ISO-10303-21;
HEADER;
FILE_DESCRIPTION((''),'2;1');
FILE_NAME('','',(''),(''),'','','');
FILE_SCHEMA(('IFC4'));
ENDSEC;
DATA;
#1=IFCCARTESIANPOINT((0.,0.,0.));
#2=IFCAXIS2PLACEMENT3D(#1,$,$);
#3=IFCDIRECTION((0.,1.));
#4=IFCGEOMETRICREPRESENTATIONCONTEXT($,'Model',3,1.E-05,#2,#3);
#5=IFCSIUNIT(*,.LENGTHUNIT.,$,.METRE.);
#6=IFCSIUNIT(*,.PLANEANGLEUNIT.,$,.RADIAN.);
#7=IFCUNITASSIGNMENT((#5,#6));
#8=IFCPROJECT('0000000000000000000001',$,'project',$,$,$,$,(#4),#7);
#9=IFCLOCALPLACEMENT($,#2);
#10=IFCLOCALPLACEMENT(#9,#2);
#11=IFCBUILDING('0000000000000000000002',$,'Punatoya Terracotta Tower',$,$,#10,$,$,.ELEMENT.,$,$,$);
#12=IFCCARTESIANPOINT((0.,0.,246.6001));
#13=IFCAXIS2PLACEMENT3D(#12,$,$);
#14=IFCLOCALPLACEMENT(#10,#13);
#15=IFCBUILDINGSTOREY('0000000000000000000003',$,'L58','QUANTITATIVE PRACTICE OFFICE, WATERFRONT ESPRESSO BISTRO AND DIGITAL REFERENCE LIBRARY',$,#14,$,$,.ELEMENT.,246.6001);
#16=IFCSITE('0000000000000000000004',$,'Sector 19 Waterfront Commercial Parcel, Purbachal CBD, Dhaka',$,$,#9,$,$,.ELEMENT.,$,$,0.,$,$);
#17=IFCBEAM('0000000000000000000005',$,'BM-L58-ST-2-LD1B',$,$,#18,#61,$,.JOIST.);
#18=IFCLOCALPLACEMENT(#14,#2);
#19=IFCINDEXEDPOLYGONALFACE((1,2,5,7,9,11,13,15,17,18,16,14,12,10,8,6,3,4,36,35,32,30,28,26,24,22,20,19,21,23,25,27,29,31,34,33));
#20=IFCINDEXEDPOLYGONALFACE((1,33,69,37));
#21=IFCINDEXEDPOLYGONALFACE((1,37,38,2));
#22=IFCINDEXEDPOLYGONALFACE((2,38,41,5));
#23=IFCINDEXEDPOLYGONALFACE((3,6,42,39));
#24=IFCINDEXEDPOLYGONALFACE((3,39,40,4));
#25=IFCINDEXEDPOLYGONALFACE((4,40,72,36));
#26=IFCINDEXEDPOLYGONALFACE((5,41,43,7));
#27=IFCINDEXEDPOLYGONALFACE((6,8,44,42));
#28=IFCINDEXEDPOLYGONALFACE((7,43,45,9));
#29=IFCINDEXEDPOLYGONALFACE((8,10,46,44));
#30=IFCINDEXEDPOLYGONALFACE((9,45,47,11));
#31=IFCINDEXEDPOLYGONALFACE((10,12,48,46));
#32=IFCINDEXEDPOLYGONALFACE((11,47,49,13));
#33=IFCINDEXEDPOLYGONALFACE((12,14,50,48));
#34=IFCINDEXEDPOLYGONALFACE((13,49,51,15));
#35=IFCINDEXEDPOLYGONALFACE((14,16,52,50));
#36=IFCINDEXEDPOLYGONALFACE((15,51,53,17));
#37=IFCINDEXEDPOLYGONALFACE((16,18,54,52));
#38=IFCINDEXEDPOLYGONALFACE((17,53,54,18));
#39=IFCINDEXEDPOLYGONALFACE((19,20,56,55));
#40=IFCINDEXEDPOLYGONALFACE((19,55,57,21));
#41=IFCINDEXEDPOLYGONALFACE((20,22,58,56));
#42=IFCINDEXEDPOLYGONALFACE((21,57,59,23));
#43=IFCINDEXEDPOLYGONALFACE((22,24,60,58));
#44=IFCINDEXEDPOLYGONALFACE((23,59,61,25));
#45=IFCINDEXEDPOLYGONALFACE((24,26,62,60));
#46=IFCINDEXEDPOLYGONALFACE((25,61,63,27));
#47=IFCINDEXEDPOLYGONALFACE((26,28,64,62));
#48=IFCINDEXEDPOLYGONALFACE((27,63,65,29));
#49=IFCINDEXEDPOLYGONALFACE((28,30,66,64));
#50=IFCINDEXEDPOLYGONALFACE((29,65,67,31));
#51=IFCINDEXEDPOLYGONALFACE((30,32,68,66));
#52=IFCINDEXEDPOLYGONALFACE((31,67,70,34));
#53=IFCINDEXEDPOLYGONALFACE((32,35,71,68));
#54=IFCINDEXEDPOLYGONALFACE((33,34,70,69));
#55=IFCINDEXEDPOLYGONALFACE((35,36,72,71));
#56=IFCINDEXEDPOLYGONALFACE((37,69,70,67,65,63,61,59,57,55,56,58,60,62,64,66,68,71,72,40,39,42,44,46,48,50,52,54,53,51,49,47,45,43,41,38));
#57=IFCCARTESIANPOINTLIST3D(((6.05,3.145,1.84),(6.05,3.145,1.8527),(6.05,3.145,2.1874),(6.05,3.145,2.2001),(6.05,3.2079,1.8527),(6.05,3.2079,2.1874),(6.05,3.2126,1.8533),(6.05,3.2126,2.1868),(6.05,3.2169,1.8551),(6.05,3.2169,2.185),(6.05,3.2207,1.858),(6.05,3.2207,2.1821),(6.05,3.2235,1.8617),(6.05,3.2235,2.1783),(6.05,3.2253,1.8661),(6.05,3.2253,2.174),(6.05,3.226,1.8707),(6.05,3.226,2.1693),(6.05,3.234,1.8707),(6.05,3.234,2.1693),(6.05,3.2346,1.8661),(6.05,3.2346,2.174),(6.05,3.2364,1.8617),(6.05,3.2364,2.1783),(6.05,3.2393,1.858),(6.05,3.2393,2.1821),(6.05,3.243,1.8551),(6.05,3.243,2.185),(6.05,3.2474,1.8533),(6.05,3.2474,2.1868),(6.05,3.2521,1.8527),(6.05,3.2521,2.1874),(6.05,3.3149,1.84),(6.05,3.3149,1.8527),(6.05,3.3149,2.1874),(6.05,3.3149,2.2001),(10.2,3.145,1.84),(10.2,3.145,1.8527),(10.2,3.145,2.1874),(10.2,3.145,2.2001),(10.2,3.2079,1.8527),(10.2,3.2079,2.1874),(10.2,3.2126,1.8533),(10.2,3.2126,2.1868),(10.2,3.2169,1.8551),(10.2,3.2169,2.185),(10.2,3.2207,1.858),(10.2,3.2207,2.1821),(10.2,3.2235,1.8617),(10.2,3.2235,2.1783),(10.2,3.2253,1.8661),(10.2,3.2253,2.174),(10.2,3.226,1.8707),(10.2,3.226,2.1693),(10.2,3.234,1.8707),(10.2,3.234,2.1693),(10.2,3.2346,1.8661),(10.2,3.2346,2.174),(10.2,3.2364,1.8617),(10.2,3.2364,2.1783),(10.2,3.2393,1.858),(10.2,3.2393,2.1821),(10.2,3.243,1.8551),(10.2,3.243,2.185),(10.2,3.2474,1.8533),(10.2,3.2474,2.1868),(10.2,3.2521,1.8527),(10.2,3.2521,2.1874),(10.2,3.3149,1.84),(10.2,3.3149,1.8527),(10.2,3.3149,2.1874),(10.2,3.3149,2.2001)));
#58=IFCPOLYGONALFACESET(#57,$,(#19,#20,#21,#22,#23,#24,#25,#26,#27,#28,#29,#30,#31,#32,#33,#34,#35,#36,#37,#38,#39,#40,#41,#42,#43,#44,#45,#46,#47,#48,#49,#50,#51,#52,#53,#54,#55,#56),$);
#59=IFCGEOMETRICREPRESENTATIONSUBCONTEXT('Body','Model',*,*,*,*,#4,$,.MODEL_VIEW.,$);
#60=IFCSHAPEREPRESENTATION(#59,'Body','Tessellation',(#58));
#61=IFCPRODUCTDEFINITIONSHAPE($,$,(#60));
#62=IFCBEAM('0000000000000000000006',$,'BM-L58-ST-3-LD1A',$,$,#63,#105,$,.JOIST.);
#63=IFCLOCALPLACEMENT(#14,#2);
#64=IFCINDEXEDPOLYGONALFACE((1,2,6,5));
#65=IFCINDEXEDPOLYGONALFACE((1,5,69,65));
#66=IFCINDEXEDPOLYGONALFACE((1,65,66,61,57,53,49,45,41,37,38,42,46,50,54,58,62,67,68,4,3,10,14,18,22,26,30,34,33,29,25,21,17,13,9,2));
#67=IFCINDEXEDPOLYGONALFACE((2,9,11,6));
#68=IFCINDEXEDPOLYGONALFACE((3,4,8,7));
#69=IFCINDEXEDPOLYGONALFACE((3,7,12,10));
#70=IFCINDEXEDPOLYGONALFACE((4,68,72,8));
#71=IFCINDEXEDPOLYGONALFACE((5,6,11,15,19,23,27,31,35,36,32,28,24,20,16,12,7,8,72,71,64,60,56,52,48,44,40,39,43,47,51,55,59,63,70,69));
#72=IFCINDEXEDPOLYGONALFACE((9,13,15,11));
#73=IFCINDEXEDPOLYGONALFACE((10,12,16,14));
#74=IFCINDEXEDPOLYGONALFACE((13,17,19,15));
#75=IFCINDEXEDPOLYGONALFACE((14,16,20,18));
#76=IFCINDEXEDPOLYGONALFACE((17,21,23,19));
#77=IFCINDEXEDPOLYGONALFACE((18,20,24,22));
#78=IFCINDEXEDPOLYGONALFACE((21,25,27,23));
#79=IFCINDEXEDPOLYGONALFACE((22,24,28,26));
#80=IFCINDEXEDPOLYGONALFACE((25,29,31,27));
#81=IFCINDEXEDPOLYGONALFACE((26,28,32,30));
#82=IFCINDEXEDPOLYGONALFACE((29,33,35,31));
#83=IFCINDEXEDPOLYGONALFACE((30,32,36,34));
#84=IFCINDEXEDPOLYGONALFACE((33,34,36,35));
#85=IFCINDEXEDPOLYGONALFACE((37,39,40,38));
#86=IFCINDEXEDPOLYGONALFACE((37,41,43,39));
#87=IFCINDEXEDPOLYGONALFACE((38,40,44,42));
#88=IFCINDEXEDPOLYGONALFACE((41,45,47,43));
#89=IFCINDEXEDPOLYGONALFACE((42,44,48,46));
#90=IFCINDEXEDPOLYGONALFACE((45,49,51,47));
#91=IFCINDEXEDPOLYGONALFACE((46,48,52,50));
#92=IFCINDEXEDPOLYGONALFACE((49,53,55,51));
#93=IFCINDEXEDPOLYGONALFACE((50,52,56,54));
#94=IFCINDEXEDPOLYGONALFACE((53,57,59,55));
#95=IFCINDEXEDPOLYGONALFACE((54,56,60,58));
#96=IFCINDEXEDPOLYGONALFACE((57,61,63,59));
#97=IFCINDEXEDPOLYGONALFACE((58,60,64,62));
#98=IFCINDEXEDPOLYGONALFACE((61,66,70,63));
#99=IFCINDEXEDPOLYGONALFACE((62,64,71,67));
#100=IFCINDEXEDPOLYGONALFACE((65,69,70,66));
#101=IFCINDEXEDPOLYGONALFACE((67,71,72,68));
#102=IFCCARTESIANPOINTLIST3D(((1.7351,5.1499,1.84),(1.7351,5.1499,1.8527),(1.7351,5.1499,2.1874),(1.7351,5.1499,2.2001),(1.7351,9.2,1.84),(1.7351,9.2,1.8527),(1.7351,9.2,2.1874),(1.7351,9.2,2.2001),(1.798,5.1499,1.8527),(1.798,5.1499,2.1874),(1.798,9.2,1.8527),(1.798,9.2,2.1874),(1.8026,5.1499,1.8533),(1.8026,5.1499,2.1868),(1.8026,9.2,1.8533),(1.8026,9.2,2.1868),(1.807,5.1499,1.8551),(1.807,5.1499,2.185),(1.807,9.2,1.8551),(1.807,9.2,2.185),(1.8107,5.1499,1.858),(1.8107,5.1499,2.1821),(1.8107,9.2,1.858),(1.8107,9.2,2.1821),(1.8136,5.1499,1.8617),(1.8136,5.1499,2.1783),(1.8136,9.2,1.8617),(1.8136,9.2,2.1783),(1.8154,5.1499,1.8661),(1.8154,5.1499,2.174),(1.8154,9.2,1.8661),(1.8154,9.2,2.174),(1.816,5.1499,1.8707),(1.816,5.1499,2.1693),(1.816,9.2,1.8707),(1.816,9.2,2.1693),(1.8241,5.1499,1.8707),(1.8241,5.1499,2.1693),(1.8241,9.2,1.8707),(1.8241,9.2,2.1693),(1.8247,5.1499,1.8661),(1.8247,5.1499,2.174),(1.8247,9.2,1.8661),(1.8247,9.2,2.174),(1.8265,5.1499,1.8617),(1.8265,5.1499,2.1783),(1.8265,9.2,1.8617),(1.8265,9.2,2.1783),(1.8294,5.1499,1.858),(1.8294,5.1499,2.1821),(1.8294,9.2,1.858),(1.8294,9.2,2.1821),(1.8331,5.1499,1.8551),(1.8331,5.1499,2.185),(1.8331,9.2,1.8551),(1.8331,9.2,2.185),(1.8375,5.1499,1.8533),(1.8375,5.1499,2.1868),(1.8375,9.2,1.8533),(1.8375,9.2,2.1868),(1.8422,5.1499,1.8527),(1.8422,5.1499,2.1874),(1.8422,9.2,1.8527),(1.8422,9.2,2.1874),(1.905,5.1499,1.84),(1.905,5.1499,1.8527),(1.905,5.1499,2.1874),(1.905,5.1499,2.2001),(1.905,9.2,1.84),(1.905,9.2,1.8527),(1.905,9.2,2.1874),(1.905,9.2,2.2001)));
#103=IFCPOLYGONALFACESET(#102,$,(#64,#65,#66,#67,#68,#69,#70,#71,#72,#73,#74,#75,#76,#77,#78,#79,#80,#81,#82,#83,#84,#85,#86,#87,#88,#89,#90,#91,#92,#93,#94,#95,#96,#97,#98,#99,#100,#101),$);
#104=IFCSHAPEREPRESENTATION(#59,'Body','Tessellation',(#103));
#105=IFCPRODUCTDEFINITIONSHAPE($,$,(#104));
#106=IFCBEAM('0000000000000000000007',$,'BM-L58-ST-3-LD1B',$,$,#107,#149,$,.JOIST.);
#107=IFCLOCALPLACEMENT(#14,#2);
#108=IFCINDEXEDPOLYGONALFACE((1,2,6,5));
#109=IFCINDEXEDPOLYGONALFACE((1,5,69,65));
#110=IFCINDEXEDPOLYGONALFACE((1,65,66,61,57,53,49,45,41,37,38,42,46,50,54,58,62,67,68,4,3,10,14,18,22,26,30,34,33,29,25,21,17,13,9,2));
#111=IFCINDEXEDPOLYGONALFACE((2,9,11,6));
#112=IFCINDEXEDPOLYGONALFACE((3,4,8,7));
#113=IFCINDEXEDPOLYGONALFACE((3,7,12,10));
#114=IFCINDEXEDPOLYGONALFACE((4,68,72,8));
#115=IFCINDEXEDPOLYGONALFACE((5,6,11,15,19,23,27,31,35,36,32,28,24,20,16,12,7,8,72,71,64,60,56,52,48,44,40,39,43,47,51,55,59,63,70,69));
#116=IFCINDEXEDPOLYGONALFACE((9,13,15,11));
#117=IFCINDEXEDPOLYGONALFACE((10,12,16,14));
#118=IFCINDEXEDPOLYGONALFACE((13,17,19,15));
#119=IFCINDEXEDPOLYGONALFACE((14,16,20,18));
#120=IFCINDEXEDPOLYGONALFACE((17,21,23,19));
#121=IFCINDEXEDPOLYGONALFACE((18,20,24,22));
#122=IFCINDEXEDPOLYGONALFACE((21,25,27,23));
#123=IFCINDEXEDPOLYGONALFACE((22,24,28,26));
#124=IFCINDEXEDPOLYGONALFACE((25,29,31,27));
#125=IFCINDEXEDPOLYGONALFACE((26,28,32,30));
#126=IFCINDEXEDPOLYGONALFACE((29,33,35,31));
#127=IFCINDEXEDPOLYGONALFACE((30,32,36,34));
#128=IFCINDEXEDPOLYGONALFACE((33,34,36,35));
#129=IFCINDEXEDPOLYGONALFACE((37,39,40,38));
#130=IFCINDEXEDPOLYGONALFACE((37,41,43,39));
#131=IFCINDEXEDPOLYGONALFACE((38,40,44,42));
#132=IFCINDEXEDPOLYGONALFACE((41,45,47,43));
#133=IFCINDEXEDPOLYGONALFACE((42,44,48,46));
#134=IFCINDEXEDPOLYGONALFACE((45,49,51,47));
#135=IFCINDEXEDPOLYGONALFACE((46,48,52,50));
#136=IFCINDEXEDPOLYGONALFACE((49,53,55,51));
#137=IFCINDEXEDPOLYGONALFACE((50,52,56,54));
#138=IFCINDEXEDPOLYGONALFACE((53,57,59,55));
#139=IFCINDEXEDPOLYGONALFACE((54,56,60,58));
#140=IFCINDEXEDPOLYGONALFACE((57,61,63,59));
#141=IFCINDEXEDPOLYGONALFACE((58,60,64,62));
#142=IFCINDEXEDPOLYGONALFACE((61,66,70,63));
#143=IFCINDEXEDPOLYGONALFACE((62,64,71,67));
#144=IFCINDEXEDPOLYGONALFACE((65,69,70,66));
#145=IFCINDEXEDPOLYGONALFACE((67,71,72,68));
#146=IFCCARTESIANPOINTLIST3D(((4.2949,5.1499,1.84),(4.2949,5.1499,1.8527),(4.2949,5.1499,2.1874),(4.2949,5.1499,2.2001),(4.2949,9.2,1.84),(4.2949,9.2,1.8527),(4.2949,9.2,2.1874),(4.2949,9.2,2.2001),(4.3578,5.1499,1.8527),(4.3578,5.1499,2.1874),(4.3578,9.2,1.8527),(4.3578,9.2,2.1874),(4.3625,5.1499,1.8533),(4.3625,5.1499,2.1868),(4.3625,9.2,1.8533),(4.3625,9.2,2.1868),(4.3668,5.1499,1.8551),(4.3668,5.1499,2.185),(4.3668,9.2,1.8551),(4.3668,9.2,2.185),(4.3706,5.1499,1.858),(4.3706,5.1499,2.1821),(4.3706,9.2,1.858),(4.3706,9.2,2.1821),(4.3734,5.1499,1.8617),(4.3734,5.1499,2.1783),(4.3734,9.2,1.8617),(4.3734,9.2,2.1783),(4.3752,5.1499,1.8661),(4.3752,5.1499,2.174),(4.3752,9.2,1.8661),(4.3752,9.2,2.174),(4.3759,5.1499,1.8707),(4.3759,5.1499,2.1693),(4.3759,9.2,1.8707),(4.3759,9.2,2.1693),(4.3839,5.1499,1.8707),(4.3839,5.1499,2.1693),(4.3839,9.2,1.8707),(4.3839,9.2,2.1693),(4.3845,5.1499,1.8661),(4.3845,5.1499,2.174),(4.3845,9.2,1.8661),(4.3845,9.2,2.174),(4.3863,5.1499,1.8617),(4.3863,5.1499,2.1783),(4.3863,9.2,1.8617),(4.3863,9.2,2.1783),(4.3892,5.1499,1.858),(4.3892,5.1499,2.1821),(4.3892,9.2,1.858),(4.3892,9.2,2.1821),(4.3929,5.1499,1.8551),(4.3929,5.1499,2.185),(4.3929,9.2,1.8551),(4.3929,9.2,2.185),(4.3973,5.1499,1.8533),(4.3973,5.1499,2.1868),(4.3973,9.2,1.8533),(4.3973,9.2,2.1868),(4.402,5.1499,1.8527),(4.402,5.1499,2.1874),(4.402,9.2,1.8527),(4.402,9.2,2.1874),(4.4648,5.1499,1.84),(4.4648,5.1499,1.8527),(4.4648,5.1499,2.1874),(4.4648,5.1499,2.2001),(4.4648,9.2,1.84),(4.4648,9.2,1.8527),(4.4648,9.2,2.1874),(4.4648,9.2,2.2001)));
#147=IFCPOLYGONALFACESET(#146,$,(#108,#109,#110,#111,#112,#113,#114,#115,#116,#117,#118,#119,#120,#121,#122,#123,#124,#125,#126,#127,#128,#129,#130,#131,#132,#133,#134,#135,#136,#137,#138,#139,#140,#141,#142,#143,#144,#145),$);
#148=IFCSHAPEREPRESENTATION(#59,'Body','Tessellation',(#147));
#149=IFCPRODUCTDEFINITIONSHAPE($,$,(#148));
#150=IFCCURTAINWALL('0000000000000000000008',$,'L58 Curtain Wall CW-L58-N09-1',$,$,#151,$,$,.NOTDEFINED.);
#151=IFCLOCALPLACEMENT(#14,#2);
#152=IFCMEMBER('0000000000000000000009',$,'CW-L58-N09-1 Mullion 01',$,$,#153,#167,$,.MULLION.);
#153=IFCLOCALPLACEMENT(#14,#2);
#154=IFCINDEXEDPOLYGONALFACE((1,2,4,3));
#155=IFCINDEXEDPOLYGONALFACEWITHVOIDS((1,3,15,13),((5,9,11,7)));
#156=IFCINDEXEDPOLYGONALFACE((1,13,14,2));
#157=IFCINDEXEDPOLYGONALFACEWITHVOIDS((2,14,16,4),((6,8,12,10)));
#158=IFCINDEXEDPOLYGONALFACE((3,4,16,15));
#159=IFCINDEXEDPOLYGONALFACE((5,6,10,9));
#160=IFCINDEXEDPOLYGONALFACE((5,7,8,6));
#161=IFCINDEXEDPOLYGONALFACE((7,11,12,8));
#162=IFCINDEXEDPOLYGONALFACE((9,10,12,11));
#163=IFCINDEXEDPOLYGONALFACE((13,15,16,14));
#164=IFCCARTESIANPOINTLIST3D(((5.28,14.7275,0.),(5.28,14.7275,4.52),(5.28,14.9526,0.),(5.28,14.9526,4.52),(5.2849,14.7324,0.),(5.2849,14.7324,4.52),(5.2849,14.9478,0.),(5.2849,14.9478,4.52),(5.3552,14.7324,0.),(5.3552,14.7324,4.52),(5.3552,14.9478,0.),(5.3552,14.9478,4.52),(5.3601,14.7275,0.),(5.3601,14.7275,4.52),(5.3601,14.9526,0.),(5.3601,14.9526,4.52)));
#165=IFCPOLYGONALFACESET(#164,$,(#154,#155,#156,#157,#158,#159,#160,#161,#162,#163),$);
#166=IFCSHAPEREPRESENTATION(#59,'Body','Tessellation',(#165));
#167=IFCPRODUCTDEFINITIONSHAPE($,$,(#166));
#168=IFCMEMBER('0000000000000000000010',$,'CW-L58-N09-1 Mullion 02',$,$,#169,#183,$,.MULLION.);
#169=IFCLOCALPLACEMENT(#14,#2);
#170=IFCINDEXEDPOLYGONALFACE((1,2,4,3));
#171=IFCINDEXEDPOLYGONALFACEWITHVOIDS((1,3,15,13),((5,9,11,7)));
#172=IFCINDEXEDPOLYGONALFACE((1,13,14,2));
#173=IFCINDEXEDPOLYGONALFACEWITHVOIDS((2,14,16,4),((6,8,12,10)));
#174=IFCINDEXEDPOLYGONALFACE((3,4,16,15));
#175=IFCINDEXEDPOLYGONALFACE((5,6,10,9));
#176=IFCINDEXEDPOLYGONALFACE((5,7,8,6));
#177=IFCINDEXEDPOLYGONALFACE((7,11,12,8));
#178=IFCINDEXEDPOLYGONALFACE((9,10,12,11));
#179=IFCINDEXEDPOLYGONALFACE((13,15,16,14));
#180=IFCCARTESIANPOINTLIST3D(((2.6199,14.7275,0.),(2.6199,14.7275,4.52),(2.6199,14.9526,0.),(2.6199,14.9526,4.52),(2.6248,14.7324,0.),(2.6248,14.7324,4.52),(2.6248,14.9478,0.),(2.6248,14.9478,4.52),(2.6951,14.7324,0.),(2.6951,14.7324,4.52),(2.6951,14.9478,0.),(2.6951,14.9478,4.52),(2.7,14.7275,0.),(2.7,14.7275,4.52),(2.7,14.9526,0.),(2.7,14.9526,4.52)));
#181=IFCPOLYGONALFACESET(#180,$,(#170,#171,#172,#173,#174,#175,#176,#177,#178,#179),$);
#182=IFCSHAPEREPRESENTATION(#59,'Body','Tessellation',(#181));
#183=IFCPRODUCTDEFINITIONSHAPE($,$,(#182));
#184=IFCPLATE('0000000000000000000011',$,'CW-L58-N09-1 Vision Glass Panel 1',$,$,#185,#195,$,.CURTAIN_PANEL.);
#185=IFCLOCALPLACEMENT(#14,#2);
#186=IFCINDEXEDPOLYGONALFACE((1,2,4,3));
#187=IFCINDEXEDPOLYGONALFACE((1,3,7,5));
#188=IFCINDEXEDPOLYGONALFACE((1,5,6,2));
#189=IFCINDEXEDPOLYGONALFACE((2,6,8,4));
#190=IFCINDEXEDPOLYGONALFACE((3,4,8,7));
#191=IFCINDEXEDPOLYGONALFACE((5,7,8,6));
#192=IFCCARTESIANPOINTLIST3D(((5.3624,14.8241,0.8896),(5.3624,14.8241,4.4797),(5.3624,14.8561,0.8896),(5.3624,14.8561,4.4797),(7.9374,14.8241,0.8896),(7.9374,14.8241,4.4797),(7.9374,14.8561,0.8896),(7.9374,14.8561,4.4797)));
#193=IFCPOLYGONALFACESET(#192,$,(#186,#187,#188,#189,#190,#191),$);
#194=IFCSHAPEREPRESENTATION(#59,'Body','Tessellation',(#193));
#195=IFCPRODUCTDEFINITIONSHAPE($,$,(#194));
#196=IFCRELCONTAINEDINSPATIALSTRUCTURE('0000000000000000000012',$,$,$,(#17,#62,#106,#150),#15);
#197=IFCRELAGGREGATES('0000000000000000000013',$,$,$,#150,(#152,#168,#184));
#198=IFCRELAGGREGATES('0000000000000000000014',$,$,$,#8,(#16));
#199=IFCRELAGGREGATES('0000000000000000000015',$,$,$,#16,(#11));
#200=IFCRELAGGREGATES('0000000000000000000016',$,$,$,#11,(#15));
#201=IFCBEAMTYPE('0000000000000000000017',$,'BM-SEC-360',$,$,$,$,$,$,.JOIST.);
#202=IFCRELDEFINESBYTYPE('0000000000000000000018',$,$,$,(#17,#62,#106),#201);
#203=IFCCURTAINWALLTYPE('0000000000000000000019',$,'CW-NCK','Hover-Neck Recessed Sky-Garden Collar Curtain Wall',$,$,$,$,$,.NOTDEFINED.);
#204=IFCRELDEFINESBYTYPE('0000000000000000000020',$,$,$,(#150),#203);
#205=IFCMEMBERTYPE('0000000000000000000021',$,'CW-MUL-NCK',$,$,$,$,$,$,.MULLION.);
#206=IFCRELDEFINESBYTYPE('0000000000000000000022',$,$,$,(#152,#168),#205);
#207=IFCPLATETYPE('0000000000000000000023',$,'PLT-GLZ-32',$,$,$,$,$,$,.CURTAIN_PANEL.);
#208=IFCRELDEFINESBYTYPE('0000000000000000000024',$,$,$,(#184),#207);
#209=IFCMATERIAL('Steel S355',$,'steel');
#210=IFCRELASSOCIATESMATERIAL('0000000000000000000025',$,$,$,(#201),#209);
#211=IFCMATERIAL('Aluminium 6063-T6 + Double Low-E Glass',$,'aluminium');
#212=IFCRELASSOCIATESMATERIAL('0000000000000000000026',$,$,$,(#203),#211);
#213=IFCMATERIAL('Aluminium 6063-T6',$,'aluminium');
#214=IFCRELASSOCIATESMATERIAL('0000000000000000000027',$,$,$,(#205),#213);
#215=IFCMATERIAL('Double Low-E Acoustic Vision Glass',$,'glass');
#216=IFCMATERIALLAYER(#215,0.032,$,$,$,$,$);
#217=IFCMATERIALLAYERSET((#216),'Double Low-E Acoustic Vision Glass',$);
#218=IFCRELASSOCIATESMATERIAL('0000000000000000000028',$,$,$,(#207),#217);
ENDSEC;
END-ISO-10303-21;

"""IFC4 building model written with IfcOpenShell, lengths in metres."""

from ifc_helpers import new_model, si_unit, direction, frame, origin, origin_2d, place, context, subcontext, project, spatial, rectangle, hollow_rectangle, i_section, extrude, material, layer, layer_set, material_profile, profile_set, type_object, element, aggregate, save


model = new_model("IFC4")

# Units and contexts
model_context = context("Model", 3, precision=1e-05, world=origin(), true_north=direction((0.0, 1.0)))
body_context = subcontext(model_context, "Body", "Model", "MODEL_VIEW")
ifc_project = project(units=[si_unit("LENGTHUNIT", "METRE"), si_unit("PLANEANGLEUNIT", "RADIAN")], contexts=[model_context])

# Site, building, storey
site_placement = place(None, origin())
site = spatial("IfcSite", under=ifc_project, at=site_placement, Name="Sector 19 Waterfront Commercial Parcel, Purbachal CBD, Dhaka", CompositionType="ELEMENT", RefElevation=0.0)
building_placement = place(site_placement, origin())
building = spatial("IfcBuilding", under=site, at=building_placement, Name="Punatoya Terracotta Tower", CompositionType="ELEMENT")
storey_placement = place(building_placement, frame((0.0, 0.0, 246.6001)))
storey = spatial("IfcBuildingStorey", under=building, at=storey_placement, Name="L58", Description="QUANTITATIVE PRACTICE OFFICE, WATERFRONT ESPRESSO BISTRO AND DIGITAL REFERENCE LIBRARY", CompositionType="ELEMENT", Elevation=246.6001)

# Beams
ifc_material_1 = material(Name="Steel S355", Category="steel")
ifc_material_profile_1 = material_profile(ifc_material_1, i_section(OverallWidth=0.1699, OverallDepth=0.3601, WebThickness=0.0081, FlangeThickness=0.0127, FilletRadius=0.0181, at=origin_2d()))
ifc_profile_set_1 = profile_set([ifc_material_profile_1], Name="Steel S355")
beam_type_1 = type_object("IfcBeamType", Name="BM-SEC-360", PredefinedType="JOIST", material=ifc_profile_set_1)
for number, where, z_axis, x_axis, name in (
    (1, (6.05, 3.23, 2.02), (1.0, 0.0, 0.0), (0.0, 1.0, 0.0), "BM-L58-ST-2-LD1B"),
):
    element("IfcBeam", number, at=place(storey_placement, frame(where, z_axis=z_axis, x_axis=x_axis)), inside=storey, type_object=beam_type_1, Name=name, PredefinedType="JOIST", context=body_context, shape_type="SweptSolid", body=[
        extrude(i_section(OverallWidth=0.1699, OverallDepth=0.3601, WebThickness=0.0081, FlangeThickness=0.0127, FilletRadius=0.0181, at=origin_2d()), origin(), (0.0, 0.0, 1.0), 4.1499),
    ])
for number, where, z_axis, x_axis, name in (
    (2, (1.8201, 5.1499, 2.02), (0.0, 1.0, 0.0), (-1.0, 0.0, 0.0), "BM-L58-ST-3-LD1A"),
    (3, (4.3799, 5.1499, 2.02), (0.0, 1.0, 0.0), (-1.0, 0.0, 0.0), "BM-L58-ST-3-LD1B"),
):
    element("IfcBeam", number, at=place(storey_placement, frame(where, z_axis=z_axis, x_axis=x_axis)), inside=storey, type_object=beam_type_1, Name=name, PredefinedType="JOIST", context=body_context, shape_type="SweptSolid", body=[
        extrude(i_section(OverallWidth=0.1699, OverallDepth=0.3601, WebThickness=0.0081, FlangeThickness=0.0127, FilletRadius=0.0181, at=origin_2d()), origin(), (0.0, 0.0, 1.0), 4.05),
    ])

# Curtain wall, members, plate
ifc_material_2 = material(Name="Aluminium 6063-T6 + Double Low-E Glass", Category="aluminium")
curtain_wall_type = type_object("IfcCurtainWallType", Name="CW-NCK", Description="Hover-Neck Recessed Sky-Garden Collar Curtain Wall", PredefinedType="NOTDEFINED", material=ifc_material_2)
curtain_wall_placement = place(storey_placement, origin())
curtain_wall = element("IfcCurtainWall", 4, at=curtain_wall_placement, inside=storey, type_object=curtain_wall_type, Name="L58 Curtain Wall CW-L58-N09-1", PredefinedType="NOTDEFINED")
ifc_material_3 = material(Name="Aluminium 6063-T6", Category="aluminium")
ifc_material_profile_2 = material_profile(ifc_material_3, hollow_rectangle(XDim=0.0801, YDim=0.2251, WallThickness=0.0049, at=origin_2d()))
ifc_profile_set_2 = profile_set([ifc_material_profile_2], Name="Aluminium 6063-T6")
member_type = type_object("IfcMemberType", Name="CW-MUL-NCK", PredefinedType="MULLION", material=ifc_profile_set_2)
member_1_placement = place(storey_placement, frame((5.3201, 14.8401, 0.0), z_axis=(0.0, 0.0, 1.0), x_axis=(1.0, 0.0, 0.0)))
member_1 = element("IfcMember", 5, at=member_1_placement, type_object=member_type, Name="CW-L58-N09-1 Mullion 01", PredefinedType="MULLION", context=body_context, shape_type="SweptSolid", body=[
    extrude(hollow_rectangle(XDim=0.0801, YDim=0.2251, WallThickness=0.0049, at=origin_2d()), origin(), (0.0, 0.0, 1.0), 4.52),
])
member_2_placement = place(storey_placement, frame((2.6599, 14.8401, 0.0), z_axis=(0.0, 0.0, 1.0), x_axis=(1.0, 0.0, 0.0)))
member_2 = element("IfcMember", 6, at=member_2_placement, type_object=member_type, Name="CW-L58-N09-1 Mullion 02", PredefinedType="MULLION", context=body_context, shape_type="SweptSolid", body=[
    extrude(hollow_rectangle(XDim=0.0801, YDim=0.2251, WallThickness=0.0049, at=origin_2d()), origin(), (0.0, 0.0, 1.0), 4.52),
])
ifc_material_4 = material(Name="Double Low-E Acoustic Vision Glass", Category="glass")
ifc_layer_1 = layer(ifc_material_4, 0.032)
ifc_layer_set_1 = layer_set([ifc_layer_1], Name="Double Low-E Acoustic Vision Glass")
plate_type_1 = type_object("IfcPlateType", Name="PLT-GLZ-32", PredefinedType="CURTAIN_PANEL", material=ifc_layer_set_1)
plate_1_placement = place(storey_placement, frame((6.6499, 14.8401, 0.8896), z_axis=(0.0, 0.0, 1.0), x_axis=(-1.0, 0.0, 0.0)))
plate_1 = element("IfcPlate", 7, at=plate_1_placement, type_object=plate_type_1, Name="CW-L58-N09-1 Vision Glass Panel 1", PredefinedType="CURTAIN_PANEL", context=body_context, shape_type="SweptSolid", body=[
    extrude(rectangle(XDim=2.575, YDim=0.032, at=origin_2d()), origin(), (0.0, 0.0, 1.0), 3.5901),
])
aggregate(curtain_wall, [member_1, member_2, plate_1])

save(model, "model.ifc")
